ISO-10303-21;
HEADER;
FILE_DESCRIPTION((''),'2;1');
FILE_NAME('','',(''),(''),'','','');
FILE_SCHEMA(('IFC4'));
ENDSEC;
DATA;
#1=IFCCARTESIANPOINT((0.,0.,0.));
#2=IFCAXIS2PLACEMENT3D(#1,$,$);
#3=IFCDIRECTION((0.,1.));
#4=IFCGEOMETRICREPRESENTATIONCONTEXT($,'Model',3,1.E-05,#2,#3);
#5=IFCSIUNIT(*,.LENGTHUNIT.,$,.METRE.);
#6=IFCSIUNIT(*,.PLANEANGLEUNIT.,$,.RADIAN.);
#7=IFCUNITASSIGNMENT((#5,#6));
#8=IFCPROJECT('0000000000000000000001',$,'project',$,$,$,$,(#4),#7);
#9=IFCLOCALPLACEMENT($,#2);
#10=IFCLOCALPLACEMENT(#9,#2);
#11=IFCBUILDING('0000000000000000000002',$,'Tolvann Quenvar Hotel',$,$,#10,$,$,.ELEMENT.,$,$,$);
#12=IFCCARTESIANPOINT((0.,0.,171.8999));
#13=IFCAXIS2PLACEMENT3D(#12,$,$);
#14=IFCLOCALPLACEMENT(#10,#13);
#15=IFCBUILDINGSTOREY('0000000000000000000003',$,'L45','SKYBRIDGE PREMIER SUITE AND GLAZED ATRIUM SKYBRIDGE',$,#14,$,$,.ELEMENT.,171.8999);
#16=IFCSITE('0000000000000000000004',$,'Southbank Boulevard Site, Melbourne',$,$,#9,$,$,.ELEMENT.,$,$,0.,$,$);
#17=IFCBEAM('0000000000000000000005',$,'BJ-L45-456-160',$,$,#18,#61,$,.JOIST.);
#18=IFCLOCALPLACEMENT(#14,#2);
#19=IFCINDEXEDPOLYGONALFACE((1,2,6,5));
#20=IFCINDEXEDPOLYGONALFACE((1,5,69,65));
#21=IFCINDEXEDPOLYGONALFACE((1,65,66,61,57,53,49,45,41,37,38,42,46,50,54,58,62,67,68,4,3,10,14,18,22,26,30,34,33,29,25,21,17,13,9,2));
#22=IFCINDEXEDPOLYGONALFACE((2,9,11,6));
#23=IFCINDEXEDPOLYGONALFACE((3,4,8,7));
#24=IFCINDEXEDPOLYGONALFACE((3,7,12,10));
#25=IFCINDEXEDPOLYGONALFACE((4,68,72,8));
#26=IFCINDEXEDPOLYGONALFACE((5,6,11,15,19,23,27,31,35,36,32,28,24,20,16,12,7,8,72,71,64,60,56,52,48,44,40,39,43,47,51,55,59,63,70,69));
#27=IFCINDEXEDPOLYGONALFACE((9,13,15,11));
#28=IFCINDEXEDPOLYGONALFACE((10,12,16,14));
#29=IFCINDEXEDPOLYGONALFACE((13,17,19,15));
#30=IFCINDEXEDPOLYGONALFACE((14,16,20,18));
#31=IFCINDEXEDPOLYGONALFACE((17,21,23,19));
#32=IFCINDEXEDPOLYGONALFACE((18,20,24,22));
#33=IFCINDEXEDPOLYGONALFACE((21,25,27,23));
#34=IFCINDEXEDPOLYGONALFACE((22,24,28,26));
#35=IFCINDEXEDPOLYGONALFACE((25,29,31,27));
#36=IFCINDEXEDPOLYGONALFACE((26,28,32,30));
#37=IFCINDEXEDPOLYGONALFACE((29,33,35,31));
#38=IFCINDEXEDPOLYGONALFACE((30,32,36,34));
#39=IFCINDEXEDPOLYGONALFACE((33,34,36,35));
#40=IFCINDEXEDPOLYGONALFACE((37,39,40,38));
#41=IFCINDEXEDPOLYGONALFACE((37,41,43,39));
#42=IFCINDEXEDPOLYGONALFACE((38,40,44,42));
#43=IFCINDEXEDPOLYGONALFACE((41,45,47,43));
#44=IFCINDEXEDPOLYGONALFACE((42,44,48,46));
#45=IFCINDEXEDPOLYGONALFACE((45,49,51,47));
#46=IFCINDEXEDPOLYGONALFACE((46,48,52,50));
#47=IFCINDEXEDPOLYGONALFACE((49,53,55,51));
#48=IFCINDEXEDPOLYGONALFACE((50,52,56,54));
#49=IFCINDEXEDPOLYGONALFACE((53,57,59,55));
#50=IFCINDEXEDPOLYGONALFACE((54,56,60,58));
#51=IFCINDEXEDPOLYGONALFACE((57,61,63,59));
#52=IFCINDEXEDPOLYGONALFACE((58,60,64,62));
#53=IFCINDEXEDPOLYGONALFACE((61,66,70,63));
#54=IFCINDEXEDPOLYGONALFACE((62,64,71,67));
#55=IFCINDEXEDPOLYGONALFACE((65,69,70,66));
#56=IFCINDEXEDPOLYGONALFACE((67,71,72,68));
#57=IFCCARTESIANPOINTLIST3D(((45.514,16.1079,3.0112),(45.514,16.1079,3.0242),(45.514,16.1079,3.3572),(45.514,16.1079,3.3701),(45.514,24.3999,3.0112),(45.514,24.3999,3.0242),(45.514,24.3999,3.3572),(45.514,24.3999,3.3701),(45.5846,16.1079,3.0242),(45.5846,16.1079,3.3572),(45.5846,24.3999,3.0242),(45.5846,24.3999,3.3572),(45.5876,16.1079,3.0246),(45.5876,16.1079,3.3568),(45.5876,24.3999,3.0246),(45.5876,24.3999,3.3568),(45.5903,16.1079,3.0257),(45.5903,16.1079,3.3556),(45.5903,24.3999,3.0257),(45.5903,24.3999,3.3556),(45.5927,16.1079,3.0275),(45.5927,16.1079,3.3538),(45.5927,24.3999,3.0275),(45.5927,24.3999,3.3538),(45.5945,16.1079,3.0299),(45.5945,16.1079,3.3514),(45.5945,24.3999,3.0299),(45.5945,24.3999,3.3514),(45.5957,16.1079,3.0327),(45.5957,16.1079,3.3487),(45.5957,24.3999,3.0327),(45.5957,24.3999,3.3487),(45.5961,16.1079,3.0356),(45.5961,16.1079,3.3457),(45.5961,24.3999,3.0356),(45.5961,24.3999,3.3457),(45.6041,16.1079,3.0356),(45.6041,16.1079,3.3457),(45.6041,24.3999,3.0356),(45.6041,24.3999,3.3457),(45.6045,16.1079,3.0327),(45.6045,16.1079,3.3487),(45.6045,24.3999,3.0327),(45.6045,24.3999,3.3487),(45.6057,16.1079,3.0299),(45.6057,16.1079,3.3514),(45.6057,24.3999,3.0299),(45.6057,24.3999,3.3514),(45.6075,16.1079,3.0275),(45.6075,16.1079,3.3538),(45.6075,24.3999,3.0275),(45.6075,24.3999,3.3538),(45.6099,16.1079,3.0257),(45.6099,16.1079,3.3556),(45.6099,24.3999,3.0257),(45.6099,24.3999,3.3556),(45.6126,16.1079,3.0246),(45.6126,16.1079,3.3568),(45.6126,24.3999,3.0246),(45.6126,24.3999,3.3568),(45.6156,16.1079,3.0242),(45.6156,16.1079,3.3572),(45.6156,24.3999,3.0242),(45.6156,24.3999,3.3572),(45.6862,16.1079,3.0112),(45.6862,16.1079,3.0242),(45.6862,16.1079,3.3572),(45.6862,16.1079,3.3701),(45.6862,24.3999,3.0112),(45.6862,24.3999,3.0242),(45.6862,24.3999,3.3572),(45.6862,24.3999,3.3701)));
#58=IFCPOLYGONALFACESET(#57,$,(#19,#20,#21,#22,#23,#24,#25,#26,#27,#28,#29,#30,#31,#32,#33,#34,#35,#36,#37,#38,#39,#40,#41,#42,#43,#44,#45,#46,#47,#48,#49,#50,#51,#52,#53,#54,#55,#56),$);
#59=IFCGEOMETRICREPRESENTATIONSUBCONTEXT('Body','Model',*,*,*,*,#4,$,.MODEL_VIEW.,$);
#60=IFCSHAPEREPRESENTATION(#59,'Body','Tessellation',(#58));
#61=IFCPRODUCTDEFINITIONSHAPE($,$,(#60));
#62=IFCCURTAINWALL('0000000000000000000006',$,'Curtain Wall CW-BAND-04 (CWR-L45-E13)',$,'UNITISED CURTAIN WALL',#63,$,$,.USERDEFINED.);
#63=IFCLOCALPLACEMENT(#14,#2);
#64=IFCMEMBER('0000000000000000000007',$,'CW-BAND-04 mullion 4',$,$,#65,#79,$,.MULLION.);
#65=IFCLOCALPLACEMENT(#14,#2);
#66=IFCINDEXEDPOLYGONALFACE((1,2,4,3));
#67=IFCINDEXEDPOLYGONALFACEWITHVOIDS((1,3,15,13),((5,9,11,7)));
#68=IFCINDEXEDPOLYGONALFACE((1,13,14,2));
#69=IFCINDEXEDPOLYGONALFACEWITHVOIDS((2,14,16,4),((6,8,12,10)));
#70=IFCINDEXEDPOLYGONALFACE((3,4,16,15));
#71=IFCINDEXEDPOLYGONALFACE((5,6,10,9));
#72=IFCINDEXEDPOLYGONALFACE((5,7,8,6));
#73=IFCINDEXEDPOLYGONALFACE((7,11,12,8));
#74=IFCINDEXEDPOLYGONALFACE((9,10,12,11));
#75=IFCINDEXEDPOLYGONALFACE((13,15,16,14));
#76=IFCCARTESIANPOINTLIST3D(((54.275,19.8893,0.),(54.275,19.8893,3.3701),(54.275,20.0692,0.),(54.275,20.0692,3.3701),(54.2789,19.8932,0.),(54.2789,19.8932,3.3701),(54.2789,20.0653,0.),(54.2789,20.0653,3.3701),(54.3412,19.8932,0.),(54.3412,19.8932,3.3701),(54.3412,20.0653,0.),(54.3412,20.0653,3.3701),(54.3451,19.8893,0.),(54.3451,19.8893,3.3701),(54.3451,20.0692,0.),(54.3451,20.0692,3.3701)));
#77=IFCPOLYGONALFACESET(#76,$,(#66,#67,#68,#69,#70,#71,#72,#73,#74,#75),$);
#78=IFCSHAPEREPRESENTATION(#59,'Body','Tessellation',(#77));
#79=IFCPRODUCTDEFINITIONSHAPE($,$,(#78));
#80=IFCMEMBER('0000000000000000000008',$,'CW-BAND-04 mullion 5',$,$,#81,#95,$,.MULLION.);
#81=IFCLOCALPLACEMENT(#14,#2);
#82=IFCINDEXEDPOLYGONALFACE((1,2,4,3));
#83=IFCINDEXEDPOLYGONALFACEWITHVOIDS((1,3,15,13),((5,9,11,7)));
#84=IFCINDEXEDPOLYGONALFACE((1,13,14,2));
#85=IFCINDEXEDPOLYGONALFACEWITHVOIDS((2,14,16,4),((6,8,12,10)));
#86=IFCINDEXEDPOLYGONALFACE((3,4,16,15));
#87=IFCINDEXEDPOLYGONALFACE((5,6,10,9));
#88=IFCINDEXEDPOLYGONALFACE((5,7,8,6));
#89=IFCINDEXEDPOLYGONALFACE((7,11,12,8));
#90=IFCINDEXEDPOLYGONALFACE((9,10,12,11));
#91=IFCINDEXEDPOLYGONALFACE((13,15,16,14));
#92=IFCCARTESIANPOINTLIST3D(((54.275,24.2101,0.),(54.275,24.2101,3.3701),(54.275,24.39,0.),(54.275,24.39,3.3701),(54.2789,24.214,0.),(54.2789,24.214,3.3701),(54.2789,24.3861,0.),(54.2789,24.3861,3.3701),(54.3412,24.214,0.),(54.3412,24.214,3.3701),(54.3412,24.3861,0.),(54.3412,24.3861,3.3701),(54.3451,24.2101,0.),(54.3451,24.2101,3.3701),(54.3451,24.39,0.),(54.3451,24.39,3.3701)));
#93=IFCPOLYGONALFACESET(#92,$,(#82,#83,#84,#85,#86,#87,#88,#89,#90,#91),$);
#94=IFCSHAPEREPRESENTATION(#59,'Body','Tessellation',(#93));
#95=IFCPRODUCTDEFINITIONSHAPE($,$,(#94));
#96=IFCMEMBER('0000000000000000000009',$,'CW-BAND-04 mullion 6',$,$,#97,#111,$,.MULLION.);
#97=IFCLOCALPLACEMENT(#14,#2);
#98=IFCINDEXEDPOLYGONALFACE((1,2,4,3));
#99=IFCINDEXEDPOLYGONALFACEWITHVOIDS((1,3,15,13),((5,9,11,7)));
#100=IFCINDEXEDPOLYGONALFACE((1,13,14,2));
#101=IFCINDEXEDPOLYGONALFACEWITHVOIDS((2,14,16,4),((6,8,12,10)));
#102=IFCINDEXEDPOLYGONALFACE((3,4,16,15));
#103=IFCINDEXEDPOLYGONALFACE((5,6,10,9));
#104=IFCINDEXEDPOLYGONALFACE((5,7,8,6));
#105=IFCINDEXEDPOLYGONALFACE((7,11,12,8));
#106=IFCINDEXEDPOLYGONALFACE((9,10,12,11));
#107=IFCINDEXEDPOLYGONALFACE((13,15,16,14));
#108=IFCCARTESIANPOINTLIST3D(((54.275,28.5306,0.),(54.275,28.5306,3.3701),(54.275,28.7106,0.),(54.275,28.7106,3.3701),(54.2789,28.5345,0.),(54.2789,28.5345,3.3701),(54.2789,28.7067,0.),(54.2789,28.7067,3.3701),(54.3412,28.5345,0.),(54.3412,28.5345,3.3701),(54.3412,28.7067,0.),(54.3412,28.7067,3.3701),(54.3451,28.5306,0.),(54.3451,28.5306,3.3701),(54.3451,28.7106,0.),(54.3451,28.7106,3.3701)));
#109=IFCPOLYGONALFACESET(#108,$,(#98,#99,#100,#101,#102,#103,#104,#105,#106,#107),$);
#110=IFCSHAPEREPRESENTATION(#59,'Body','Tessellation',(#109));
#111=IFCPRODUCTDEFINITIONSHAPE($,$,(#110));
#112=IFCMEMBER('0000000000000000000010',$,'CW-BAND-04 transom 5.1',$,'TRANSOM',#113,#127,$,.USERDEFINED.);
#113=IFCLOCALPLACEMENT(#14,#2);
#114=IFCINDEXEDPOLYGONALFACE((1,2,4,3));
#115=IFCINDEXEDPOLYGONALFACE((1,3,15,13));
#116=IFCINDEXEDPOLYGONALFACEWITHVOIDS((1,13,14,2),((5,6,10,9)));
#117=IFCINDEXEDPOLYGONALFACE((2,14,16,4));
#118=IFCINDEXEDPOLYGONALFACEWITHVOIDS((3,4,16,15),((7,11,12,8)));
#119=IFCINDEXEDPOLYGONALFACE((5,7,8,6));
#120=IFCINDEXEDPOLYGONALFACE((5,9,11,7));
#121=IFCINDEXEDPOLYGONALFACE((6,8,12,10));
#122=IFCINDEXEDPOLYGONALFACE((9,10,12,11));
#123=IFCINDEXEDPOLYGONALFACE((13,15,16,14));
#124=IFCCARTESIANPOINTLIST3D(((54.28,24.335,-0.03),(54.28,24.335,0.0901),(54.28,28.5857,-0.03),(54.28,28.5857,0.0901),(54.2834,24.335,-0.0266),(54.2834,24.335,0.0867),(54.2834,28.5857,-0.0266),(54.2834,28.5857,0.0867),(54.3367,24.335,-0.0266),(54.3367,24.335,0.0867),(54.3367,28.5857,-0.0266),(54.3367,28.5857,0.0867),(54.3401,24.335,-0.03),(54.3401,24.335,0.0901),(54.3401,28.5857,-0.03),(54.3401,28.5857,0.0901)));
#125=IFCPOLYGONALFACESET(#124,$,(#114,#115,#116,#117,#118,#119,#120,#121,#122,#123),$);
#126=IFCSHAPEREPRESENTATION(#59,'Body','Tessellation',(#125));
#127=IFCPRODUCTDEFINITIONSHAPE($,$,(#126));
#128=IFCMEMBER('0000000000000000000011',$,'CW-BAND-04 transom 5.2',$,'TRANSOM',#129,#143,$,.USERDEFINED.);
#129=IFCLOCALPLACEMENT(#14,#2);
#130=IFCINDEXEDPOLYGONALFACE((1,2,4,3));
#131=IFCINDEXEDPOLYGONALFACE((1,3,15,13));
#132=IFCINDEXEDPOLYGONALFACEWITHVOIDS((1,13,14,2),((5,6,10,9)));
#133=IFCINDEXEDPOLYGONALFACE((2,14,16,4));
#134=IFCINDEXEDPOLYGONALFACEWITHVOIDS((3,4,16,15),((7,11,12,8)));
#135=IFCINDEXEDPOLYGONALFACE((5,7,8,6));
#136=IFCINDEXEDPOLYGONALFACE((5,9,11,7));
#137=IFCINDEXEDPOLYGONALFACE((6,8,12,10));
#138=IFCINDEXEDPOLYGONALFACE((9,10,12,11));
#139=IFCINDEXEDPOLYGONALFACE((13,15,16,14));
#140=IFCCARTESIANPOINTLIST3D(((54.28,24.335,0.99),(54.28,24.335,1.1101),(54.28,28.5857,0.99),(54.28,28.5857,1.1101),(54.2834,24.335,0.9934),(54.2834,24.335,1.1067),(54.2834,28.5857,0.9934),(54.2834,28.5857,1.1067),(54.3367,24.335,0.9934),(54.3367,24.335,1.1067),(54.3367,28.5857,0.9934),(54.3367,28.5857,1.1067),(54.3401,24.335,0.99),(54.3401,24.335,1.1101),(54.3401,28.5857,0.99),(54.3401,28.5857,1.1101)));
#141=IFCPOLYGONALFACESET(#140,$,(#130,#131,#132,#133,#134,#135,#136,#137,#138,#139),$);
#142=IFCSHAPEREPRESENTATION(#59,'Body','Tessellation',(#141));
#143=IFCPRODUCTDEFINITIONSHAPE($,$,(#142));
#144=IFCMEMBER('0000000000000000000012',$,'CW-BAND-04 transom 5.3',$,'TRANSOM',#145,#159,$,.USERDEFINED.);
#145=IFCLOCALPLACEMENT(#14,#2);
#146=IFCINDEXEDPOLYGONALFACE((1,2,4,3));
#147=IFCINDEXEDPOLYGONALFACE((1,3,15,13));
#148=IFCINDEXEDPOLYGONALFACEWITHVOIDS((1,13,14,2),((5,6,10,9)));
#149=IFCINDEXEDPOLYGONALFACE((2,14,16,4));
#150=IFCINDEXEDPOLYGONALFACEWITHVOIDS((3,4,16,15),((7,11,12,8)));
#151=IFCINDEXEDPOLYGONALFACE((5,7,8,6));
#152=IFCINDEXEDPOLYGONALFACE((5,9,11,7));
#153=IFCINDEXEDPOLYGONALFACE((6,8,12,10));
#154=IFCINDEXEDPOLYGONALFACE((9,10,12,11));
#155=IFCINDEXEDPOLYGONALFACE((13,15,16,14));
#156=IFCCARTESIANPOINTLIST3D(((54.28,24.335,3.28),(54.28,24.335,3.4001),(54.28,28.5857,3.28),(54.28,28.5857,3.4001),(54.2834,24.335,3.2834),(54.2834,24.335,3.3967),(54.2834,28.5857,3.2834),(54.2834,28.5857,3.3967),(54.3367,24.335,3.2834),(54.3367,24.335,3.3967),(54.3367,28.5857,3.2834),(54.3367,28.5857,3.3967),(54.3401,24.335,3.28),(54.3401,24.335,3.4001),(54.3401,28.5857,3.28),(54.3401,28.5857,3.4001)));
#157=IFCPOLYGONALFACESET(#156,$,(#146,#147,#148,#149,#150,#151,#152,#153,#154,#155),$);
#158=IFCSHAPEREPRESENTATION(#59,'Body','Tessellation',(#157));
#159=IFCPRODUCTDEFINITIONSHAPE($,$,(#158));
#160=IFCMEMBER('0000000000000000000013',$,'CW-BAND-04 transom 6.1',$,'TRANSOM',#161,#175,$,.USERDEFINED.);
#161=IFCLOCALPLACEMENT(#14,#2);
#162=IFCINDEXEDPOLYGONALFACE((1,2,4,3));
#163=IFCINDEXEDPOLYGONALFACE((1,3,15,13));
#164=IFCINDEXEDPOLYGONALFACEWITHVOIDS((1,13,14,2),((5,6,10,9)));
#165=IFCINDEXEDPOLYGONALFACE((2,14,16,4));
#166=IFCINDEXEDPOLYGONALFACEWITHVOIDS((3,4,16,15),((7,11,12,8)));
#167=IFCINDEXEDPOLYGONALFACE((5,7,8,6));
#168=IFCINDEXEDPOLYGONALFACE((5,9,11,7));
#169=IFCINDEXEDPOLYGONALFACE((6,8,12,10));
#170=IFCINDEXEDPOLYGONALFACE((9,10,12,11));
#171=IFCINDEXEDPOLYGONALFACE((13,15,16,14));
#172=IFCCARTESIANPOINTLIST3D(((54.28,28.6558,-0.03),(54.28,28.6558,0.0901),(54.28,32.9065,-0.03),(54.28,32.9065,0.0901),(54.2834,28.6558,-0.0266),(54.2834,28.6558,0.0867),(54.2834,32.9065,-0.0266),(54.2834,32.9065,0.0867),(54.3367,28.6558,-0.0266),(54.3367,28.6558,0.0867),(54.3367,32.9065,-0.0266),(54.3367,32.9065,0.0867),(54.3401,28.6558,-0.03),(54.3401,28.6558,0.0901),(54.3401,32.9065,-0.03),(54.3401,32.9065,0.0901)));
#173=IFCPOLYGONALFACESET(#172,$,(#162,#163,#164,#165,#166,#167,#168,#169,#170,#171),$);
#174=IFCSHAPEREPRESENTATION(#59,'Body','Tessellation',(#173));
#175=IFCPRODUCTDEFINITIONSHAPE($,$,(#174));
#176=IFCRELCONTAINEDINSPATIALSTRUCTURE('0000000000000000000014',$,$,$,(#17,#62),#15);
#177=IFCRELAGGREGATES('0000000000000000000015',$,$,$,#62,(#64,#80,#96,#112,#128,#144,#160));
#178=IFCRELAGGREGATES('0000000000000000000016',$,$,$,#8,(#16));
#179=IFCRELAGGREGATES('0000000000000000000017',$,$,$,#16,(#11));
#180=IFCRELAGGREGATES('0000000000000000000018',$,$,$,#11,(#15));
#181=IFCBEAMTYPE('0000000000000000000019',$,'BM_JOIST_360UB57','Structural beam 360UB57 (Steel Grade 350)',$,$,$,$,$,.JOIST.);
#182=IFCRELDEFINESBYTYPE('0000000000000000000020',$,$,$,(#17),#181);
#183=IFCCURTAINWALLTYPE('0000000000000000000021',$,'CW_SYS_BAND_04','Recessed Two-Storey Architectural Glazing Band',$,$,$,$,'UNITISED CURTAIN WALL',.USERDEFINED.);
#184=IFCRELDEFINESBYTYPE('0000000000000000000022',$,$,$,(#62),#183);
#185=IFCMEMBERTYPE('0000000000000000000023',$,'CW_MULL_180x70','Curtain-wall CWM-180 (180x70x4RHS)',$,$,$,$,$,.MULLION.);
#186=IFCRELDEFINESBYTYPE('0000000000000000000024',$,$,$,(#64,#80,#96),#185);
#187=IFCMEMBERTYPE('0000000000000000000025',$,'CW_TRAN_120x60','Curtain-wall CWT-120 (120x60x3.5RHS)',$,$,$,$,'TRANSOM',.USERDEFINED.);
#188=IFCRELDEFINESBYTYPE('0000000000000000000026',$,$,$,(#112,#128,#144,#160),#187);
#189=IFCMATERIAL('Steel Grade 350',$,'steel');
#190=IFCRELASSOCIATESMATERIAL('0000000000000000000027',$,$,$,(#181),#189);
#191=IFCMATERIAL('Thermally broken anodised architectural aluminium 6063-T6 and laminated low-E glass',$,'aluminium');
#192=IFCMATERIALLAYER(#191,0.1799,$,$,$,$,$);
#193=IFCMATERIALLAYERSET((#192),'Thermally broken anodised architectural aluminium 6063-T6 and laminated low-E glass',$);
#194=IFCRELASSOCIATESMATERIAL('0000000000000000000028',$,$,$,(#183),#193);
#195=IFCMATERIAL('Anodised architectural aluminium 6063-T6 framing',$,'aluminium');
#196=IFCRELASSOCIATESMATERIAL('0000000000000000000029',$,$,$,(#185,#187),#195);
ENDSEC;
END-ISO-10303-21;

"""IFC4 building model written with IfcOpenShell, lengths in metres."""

from ifc_helpers import new_model, si_unit, direction, frame, origin, origin_2d, place, context, subcontext, project, spatial, hollow_rectangle, i_section, extrude, source, transform, mapped, material, layer, layer_set, material_profile, profile_set, type_object, type_shapes, element, aggregate, save


model = new_model("IFC4")

# Units and contexts
model_context = context("Model", 3, precision=1e-05, world=origin(), true_north=direction((0.0, 1.0)))
body_context = subcontext(model_context, "Body", "Model", "MODEL_VIEW")
ifc_project = project(units=[si_unit("LENGTHUNIT", "METRE"), si_unit("PLANEANGLEUNIT", "RADIAN")], contexts=[model_context])

# Site, building, storey
site_placement = place(None, origin())
site = spatial("IfcSite", under=ifc_project, at=site_placement, Name="Southbank Boulevard Site, Melbourne", CompositionType="ELEMENT", RefElevation=0.0)
building_placement = place(site_placement, origin())
building = spatial("IfcBuilding", under=site, at=building_placement, Name="Tolvann Quenvar Hotel", CompositionType="ELEMENT")
storey_placement = place(building_placement, frame((0.0, 0.0, 171.8999)))
storey = spatial("IfcBuildingStorey", under=building, at=storey_placement, Name="L45", Description="SKYBRIDGE PREMIER SUITE AND GLAZED ATRIUM SKYBRIDGE", CompositionType="ELEMENT", Elevation=171.8999)

# Shared definitions
ifc_material_1 = material(Name="Steel Grade 350", Category="steel")

# Beam
ifc_material_profile_1 = material_profile(ifc_material_1, i_section(OverallWidth=0.1721, OverallDepth=0.3589, WebThickness=0.0081, FlangeThickness=0.0129, FilletRadius=0.0115, at=origin_2d()), Name="360UB57")
ifc_profile_set_1 = profile_set([ifc_material_profile_1], Name="Steel Grade 350")
beam_type_1 = type_object("IfcBeamType", Name="BM_JOIST_360UB57", Description="Structural beam 360UB57 (Steel Grade 350)", PredefinedType="JOIST", material=ifc_profile_set_1)
shared_shape_1 = source(origin(), body_context, "Body", "SweptSolid", [
    extrude(i_section(OverallWidth=0.1721, OverallDepth=0.3589, WebThickness=0.0081, FlangeThickness=0.0129, FilletRadius=0.0115, at=origin_2d()), origin(), (0.0, 0.0, 1.0), 8.292),
])
type_shapes(beam_type_1, [shared_shape_1])
beam_1_placement = place(storey_placement, frame((45.6001, 16.1079, 3.1907), z_axis=(0.0, 1.0, 0.0), x_axis=(-1.0, 0.0, 0.0)))
element("IfcBeam", 1, at=beam_1_placement, inside=storey, type_object=beam_type_1, Name="BJ-L45-456-160", PredefinedType="JOIST", context=body_context, shape_type="MappedRepresentation", body=[
    mapped(shared_shape_1, transform((0.0, 0.0, 0.0), x_axis=(1.0, 0.0, 0.0), y_axis=(0.0, 1.0, 0.0), z_axis=(0.0, 0.0, 1.0), scale=1.0)),
])

# Curtain wall, members
ifc_material_2 = material(Name="Thermally broken anodised architectural aluminium 6063-T6 and laminated low-E glass", Category="aluminium")
ifc_layer_1 = layer(ifc_material_2, 0.1799)
ifc_layer_set_1 = layer_set([ifc_layer_1], Name="Thermally broken anodised architectural aluminium 6063-T6 and laminated low-E glass")
curtain_wall_type = type_object("IfcCurtainWallType", Name="CW_SYS_BAND_04", Description="Recessed Two-Storey Architectural Glazing Band", ElementType="UNITISED CURTAIN WALL", PredefinedType="USERDEFINED", material=ifc_layer_set_1)
curtain_wall_placement = place(storey_placement, origin())
curtain_wall = element("IfcCurtainWall", 2, at=curtain_wall_placement, inside=storey, type_object=curtain_wall_type, Name="Curtain Wall CW-BAND-04 (CWR-L45-E13)", ObjectType="UNITISED CURTAIN WALL", PredefinedType="USERDEFINED")
ifc_material_3 = material(Name="Anodised architectural aluminium 6063-T6 framing", Category="aluminium")
ifc_material_profile_2 = material_profile(ifc_material_3, hollow_rectangle(XDim=0.0701, YDim=0.1799, WallThickness=0.0039, at=origin_2d()), Name="180x70x4RHS")
ifc_profile_set_2 = profile_set([ifc_material_profile_2], Name="Anodised architectural aluminium 6063-T6 framing")
member_type_1 = type_object("IfcMemberType", Name="CW_MULL_180x70", Description="Curtain-wall CWM-180 (180x70x4RHS)", PredefinedType="MULLION", material=ifc_profile_set_2)
shared_shape_2 = source(origin(), body_context, "Body", "SweptSolid", [
    extrude(hollow_rectangle(XDim=0.0701, YDim=0.1799, WallThickness=0.0039, at=origin_2d()), origin(), (0.0, 0.0, 1.0), 3.3701),
])
type_shapes(member_type_1, [shared_shape_2])
member_1_placement = place(storey_placement, frame((54.3101, 19.9792, 0.0), z_axis=(0.0, 0.0, 1.0), x_axis=(-1.0, 0.0, 0.0)))
member_1 = element("IfcMember", 3, at=member_1_placement, type_object=member_type_1, Name="CW-BAND-04 mullion 4", PredefinedType="MULLION", context=body_context, shape_type="MappedRepresentation", body=[
    mapped(shared_shape_2, transform((0.0, 0.0, 0.0), x_axis=(1.0, 0.0, 0.0), y_axis=(0.0, 1.0, 0.0), z_axis=(0.0, 0.0, 1.0), scale=1.0)),
])
member_2_placement = place(storey_placement, frame((54.3101, 24.3, 0.0), z_axis=(0.0, 0.0, 1.0), x_axis=(-1.0, 0.0, 0.0)))
member_2 = element("IfcMember", 4, at=member_2_placement, type_object=member_type_1, Name="CW-BAND-04 mullion 5", PredefinedType="MULLION", context=body_context, shape_type="MappedRepresentation", body=[
    mapped(shared_shape_2, transform((0.0, 0.0, 0.0), x_axis=(1.0, 0.0, 0.0), y_axis=(0.0, 1.0, 0.0), z_axis=(0.0, 0.0, 1.0), scale=1.0)),
])
member_3_placement = place(storey_placement, frame((54.3101, 28.6206, 0.0), z_axis=(0.0, 0.0, 1.0), x_axis=(-1.0, 0.0, 0.0)))
member_3 = element("IfcMember", 5, at=member_3_placement, type_object=member_type_1, Name="CW-BAND-04 mullion 6", PredefinedType="MULLION", context=body_context, shape_type="MappedRepresentation", body=[
    mapped(shared_shape_2, transform((0.0, 0.0, 0.0), x_axis=(1.0, 0.0, 0.0), y_axis=(0.0, 1.0, 0.0), z_axis=(0.0, 0.0, 1.0), scale=1.0)),
])
ifc_material_profile_3 = material_profile(ifc_material_3, hollow_rectangle(XDim=0.0601, YDim=0.1201, WallThickness=0.0034, at=origin_2d()), Name="120x60x3.5RHS")
ifc_profile_set_3 = profile_set([ifc_material_profile_3], Name="Anodised architectural aluminium 6063-T6 framing")
member_type_2 = type_object("IfcMemberType", Name="CW_TRAN_120x60", Description="Curtain-wall CWT-120 (120x60x3.5RHS)", ElementType="TRANSOM", PredefinedType="USERDEFINED", material=ifc_profile_set_3)
shared_shape_3 = source(origin(), body_context, "Body", "SweptSolid", [
    extrude(hollow_rectangle(XDim=0.0601, YDim=0.1201, WallThickness=0.0034, at=origin_2d()), origin(), (0.0, 0.0, 1.0), 4.2507),
])
member_4_placement = place(storey_placement, frame((54.3101, 24.335, 0.03), z_axis=(0.0, 1.0, 0.0), x_axis=(-1.0, 0.0, 0.0)))
member_4 = element("IfcMember", 6, at=member_4_placement, type_object=member_type_2, Name="CW-BAND-04 transom 5.1", ObjectType="TRANSOM", PredefinedType="USERDEFINED", context=body_context, shape_type="MappedRepresentation", body=[
    mapped(shared_shape_3, transform((0.0, 0.0, 0.0), x_axis=(1.0, 0.0, 0.0), y_axis=(0.0, 1.0, 0.0), z_axis=(0.0, 0.0, 1.0), scale=1.0)),
])
member_5_placement = place(storey_placement, frame((54.3101, 24.335, 1.05), z_axis=(0.0, 1.0, 0.0), x_axis=(-1.0, 0.0, 0.0)))
member_5 = element("IfcMember", 7, at=member_5_placement, type_object=member_type_2, Name="CW-BAND-04 transom 5.2", ObjectType="TRANSOM", PredefinedType="USERDEFINED", context=body_context, shape_type="MappedRepresentation", body=[
    mapped(shared_shape_3, transform((0.0, 0.0, 0.0), x_axis=(1.0, 0.0, 0.0), y_axis=(0.0, 1.0, 0.0), z_axis=(0.0, 0.0, 1.0), scale=1.0)),
])
member_6_placement = place(storey_placement, frame((54.3101, 24.335, 3.3401), z_axis=(0.0, 1.0, 0.0), x_axis=(-1.0, 0.0, 0.0)))
member_6 = element("IfcMember", 8, at=member_6_placement, type_object=member_type_2, Name="CW-BAND-04 transom 5.3", ObjectType="TRANSOM", PredefinedType="USERDEFINED", context=body_context, shape_type="MappedRepresentation", body=[
    mapped(shared_shape_3, transform((0.0, 0.0, 0.0), x_axis=(1.0, 0.0, 0.0), y_axis=(0.0, 1.0, 0.0), z_axis=(0.0, 0.0, 1.0), scale=1.0)),
])
member_7_placement = place(storey_placement, frame((54.3101, 28.6558, 0.03), z_axis=(0.0, 1.0, 0.0), x_axis=(-1.0, 0.0, 0.0)))
member_7 = element("IfcMember", 9, at=member_7_placement, type_object=member_type_2, Name="CW-BAND-04 transom 6.1", ObjectType="TRANSOM", PredefinedType="USERDEFINED", context=body_context, shape_type="MappedRepresentation", body=[
    mapped(shared_shape_3, transform((0.0, 0.0, 0.0), x_axis=(1.0, 0.0, 0.0), y_axis=(0.0, 1.0, 0.0), z_axis=(0.0, 0.0, 1.0), scale=1.0)),
])
aggregate(curtain_wall, [member_1, member_2, member_3, member_4, member_5, member_6, member_7])

save(model, "model.ifc")
